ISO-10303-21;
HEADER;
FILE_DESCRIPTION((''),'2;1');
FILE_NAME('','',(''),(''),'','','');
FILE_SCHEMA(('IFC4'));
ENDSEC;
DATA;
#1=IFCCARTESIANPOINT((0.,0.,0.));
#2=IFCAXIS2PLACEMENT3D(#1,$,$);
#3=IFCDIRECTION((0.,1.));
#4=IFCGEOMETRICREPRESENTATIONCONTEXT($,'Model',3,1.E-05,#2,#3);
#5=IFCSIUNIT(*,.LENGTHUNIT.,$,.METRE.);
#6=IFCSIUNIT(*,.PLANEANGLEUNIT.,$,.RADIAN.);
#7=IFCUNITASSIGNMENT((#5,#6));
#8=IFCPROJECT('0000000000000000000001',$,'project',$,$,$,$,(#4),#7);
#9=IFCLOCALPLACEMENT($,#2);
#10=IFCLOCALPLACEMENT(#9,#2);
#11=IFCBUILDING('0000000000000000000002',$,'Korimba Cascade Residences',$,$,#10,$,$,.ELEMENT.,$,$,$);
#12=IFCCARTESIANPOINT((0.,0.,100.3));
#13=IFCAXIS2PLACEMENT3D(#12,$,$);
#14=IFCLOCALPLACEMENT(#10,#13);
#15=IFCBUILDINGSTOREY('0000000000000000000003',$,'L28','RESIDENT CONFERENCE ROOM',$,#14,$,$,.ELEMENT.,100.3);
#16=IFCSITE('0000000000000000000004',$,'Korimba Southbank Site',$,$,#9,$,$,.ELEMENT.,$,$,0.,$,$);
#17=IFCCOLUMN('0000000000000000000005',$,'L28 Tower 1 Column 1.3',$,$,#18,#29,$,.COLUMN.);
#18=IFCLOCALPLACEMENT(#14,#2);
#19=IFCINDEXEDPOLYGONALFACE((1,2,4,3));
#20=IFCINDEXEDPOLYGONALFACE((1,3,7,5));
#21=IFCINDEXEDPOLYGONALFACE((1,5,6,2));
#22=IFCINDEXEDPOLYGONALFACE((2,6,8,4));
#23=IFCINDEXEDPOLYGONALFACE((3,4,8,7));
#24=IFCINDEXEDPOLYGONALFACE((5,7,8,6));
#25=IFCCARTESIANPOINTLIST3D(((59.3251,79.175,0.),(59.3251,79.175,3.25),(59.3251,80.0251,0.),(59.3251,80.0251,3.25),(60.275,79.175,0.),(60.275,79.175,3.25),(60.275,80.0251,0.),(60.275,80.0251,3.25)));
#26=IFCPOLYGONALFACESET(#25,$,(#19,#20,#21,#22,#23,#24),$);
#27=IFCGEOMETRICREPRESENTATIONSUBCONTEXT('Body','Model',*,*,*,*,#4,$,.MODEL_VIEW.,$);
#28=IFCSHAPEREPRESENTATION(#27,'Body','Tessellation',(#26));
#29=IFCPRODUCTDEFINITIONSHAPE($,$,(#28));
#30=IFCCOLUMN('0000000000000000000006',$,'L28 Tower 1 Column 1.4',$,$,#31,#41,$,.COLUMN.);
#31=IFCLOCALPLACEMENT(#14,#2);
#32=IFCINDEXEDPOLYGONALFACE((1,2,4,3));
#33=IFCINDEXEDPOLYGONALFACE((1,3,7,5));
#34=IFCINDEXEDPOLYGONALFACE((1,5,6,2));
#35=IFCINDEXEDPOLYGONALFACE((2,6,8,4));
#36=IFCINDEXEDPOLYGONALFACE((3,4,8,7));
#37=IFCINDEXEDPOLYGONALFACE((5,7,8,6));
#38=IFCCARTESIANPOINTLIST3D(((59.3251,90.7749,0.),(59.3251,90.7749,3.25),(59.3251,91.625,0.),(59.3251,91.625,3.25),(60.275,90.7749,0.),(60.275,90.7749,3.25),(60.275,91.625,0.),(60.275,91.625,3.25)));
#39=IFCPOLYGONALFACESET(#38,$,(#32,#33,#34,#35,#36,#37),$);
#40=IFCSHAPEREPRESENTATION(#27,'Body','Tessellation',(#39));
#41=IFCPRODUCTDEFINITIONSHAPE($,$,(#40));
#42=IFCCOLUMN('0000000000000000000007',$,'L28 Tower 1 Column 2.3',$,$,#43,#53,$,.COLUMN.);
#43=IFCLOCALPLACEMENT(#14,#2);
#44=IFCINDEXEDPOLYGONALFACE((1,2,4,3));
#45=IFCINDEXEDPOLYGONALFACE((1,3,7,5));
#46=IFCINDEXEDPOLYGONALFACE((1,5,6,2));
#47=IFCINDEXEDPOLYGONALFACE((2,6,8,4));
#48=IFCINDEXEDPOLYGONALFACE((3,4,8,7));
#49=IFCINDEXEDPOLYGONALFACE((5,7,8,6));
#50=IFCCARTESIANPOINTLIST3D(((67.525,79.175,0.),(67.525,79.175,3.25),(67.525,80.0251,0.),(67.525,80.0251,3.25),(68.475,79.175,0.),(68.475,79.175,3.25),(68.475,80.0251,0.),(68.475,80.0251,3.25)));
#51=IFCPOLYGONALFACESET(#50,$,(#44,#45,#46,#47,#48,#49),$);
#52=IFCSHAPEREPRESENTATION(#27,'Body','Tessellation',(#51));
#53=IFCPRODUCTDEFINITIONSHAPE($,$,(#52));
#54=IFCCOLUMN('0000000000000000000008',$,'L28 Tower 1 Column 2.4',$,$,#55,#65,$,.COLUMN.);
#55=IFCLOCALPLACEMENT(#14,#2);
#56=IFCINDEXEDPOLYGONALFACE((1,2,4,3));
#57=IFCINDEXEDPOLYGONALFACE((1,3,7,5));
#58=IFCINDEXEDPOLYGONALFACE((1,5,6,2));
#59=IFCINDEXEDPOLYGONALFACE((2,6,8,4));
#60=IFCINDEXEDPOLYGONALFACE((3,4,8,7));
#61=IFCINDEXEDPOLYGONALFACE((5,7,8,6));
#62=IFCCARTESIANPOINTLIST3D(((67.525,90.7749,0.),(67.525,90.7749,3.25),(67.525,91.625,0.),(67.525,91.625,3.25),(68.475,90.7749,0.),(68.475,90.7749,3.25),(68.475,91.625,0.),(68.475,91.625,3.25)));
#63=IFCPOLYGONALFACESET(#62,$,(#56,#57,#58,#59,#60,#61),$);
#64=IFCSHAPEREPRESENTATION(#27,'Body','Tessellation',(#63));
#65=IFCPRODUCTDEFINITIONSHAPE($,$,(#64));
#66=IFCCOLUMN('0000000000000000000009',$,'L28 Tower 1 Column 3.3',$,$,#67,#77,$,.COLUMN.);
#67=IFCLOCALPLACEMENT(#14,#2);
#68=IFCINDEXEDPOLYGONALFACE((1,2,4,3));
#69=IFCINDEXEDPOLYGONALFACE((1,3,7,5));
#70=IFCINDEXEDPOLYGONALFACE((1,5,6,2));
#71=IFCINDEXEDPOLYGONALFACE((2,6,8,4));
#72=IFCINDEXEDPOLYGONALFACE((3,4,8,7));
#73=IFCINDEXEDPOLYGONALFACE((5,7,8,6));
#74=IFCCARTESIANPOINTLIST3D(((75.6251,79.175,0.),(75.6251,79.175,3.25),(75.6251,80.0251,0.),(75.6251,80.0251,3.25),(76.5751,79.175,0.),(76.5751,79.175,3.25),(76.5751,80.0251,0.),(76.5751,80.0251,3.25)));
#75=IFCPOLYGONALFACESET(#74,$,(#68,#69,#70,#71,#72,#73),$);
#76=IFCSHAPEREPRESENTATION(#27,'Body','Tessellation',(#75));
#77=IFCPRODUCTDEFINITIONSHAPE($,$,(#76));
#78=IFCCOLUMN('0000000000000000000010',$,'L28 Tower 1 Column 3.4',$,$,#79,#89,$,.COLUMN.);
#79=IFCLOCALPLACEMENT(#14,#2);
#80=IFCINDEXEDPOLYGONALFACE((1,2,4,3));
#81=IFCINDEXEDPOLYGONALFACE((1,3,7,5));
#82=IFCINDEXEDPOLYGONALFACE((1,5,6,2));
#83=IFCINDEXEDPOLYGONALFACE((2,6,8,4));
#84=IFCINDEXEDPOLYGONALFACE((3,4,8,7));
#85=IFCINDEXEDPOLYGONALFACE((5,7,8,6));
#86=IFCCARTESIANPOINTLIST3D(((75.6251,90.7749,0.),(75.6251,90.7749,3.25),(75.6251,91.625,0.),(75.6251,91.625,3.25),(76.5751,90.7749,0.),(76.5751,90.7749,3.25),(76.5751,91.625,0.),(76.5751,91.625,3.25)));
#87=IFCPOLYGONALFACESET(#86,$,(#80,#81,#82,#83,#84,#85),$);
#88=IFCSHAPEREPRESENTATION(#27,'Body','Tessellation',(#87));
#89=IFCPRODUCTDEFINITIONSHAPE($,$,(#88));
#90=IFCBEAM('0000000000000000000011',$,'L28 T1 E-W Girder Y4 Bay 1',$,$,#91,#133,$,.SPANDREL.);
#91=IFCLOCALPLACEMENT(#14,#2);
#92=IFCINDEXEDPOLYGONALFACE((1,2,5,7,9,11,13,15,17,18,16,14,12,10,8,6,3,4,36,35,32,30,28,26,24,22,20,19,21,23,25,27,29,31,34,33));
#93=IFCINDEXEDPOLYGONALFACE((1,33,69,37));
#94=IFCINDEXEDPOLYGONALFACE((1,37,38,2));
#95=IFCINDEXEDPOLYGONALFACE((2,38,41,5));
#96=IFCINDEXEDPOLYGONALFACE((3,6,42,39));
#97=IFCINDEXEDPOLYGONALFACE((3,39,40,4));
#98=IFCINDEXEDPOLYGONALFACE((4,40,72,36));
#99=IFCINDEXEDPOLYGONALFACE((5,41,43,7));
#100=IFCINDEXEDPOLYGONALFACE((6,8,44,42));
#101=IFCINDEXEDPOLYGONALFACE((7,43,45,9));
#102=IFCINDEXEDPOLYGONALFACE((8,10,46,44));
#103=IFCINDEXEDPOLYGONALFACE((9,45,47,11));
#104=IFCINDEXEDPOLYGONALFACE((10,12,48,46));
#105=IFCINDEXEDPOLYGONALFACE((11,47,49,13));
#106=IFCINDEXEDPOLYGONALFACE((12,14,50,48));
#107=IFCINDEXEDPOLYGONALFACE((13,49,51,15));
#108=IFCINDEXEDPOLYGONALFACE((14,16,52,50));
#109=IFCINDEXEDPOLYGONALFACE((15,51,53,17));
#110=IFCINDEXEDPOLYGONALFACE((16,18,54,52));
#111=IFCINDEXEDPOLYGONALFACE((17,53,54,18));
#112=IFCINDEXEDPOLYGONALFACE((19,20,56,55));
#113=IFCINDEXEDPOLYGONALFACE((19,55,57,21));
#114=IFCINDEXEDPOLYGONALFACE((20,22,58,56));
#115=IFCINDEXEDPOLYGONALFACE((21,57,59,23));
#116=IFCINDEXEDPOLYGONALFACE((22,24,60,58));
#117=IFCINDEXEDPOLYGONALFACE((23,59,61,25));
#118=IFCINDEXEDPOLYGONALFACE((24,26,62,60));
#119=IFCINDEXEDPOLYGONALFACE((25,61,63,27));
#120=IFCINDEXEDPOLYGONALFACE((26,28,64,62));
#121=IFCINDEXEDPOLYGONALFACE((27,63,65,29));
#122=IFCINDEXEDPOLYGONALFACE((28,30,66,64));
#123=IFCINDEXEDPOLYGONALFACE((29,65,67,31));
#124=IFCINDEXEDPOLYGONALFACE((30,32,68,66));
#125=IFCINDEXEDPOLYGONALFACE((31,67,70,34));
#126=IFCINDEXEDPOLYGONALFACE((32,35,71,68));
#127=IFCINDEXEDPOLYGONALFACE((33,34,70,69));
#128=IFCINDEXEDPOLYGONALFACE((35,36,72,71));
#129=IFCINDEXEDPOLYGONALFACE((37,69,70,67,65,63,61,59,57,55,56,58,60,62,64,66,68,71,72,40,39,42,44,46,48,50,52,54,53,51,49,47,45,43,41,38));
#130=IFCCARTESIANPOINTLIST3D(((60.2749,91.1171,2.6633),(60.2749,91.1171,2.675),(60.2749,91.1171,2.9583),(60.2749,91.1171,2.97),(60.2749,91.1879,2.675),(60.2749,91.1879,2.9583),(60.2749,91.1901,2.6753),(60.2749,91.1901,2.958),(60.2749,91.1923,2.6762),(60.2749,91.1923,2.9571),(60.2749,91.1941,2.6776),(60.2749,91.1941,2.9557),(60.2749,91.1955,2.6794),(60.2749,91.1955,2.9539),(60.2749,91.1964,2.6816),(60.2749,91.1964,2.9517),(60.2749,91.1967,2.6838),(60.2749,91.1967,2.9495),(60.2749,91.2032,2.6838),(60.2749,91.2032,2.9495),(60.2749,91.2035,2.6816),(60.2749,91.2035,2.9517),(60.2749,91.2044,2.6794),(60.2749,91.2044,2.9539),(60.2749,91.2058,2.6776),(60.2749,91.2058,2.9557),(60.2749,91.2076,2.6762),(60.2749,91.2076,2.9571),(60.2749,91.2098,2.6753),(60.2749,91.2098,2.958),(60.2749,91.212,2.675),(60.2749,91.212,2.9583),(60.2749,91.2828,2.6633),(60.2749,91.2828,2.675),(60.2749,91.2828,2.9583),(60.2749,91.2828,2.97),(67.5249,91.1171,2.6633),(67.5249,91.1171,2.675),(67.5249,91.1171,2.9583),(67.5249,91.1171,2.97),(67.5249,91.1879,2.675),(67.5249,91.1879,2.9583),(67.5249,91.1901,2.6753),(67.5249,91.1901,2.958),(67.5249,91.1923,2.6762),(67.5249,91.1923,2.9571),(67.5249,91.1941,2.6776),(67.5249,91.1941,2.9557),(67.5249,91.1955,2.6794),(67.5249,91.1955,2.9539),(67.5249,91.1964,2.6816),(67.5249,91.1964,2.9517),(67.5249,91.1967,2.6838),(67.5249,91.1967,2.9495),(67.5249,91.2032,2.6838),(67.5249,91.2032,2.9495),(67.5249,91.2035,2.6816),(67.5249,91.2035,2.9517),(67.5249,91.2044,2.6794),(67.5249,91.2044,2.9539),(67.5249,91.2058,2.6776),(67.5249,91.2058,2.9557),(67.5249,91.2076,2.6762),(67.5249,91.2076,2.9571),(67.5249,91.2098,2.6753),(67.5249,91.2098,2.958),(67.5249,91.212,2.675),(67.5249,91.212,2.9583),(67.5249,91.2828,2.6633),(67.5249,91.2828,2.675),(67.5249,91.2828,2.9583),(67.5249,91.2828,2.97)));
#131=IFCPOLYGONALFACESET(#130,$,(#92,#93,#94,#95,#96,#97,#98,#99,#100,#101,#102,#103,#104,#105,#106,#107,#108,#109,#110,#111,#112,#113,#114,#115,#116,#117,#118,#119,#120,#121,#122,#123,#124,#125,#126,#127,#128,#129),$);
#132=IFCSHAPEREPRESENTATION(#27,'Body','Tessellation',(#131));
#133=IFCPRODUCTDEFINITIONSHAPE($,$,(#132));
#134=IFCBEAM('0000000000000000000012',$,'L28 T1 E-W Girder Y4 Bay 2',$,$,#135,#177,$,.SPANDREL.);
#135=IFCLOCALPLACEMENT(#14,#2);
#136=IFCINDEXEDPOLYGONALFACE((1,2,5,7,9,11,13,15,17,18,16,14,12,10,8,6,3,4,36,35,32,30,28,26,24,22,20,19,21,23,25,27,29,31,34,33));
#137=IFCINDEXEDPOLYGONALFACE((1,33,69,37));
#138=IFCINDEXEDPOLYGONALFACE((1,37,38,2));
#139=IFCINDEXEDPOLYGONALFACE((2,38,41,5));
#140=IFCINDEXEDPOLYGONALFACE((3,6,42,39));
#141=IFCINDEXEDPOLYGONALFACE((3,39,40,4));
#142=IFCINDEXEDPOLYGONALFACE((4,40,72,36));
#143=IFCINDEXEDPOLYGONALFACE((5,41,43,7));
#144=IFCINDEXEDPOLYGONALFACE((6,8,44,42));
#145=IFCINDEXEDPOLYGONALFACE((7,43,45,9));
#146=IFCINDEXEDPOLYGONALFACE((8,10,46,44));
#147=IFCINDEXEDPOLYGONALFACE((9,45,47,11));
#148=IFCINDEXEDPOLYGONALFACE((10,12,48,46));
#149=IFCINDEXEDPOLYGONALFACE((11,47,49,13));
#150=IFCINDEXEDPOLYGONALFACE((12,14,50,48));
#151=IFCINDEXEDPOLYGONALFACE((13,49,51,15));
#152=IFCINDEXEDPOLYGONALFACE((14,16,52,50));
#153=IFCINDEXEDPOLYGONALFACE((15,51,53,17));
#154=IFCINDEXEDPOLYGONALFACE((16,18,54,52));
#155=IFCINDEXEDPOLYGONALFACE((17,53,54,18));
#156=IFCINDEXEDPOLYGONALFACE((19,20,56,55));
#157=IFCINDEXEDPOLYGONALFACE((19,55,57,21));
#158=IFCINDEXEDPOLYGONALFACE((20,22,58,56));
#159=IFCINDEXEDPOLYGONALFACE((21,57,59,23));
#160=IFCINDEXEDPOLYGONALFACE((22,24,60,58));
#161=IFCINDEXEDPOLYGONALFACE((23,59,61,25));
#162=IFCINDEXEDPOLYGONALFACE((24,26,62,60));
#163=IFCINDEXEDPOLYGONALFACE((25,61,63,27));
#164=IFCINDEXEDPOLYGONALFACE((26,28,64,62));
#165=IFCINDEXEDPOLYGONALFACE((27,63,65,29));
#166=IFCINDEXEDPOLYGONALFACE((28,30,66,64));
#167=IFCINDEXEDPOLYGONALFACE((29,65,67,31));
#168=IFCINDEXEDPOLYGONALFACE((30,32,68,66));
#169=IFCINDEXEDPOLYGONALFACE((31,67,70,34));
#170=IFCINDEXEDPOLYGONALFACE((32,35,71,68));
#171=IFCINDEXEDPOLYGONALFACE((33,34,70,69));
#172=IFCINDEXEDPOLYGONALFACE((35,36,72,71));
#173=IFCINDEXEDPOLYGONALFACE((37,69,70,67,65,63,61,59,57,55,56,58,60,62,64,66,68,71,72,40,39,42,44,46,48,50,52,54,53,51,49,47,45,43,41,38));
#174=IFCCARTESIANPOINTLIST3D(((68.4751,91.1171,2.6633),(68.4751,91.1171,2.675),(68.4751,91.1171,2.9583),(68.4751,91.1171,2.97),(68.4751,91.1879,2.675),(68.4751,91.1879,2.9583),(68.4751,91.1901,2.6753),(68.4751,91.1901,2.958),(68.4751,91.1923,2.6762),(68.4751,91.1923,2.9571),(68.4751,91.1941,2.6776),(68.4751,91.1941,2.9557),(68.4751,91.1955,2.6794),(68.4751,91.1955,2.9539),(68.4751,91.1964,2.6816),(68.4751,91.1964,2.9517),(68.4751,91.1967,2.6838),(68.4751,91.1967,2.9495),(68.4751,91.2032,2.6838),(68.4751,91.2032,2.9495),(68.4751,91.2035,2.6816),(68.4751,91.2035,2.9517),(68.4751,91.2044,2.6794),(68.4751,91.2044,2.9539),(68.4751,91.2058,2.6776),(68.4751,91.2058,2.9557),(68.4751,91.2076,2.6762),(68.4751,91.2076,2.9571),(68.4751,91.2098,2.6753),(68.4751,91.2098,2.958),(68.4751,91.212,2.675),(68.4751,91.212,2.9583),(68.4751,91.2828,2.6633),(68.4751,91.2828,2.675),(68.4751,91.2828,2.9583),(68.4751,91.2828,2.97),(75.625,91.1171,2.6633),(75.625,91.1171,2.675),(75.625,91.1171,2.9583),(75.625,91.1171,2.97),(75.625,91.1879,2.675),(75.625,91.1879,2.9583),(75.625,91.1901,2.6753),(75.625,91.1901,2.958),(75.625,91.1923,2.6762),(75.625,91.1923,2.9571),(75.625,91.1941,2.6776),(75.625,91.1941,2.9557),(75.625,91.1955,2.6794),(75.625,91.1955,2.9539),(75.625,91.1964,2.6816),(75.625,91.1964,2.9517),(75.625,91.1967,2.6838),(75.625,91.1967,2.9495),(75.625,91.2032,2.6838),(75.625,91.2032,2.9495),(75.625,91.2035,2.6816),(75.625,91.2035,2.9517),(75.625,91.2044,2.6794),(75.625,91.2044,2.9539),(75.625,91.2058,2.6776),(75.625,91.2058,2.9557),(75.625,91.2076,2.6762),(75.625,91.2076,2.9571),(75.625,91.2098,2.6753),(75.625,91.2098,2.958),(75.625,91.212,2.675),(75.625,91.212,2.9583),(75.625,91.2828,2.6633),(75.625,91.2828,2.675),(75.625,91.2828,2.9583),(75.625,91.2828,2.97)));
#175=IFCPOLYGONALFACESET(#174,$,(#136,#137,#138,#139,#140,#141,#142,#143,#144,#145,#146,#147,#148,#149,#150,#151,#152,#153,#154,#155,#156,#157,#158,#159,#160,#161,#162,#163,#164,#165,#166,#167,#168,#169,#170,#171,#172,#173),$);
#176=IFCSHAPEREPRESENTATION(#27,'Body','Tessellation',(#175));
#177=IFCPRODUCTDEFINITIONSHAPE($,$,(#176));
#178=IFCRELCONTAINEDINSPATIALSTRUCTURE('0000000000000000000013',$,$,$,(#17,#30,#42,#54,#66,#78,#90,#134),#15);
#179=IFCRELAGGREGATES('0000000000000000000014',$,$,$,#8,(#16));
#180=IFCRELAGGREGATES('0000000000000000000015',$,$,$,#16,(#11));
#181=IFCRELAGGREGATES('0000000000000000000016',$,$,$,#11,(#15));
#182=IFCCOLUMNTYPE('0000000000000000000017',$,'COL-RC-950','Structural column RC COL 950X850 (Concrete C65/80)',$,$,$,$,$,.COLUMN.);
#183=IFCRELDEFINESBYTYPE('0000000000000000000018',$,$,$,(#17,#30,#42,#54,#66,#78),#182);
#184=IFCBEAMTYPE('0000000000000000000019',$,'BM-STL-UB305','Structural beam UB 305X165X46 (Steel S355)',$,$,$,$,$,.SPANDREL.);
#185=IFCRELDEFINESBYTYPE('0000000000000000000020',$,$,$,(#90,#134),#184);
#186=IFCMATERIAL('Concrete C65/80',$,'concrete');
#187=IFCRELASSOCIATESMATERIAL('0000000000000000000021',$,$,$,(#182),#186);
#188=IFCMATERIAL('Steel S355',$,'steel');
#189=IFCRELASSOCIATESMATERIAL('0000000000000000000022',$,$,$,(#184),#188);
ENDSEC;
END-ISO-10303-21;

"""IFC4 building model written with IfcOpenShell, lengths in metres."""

from ifc_helpers import new_model, si_unit, direction, frame, origin, origin_2d, place, context, subcontext, project, spatial, rectangle, i_section, extrude, material, material_profile, profile_set, type_object, element, save


model = new_model("IFC4")

# Units and contexts
model_context = context("Model", 3, precision=1e-05, world=origin(), true_north=direction((0.0, 1.0)))
body_context = subcontext(model_context, "Body", "Model", "MODEL_VIEW")
ifc_project = project(units=[si_unit("LENGTHUNIT", "METRE"), si_unit("PLANEANGLEUNIT", "RADIAN")], contexts=[model_context])

# Site, building, storey
site_placement = place(None, origin())
site = spatial("IfcSite", under=ifc_project, at=site_placement, Name="Korimba Southbank Site", CompositionType="ELEMENT", RefElevation=0.0)
building_placement = place(site_placement, origin())
building = spatial("IfcBuilding", under=site, at=building_placement, Name="Korimba Cascade Residences", CompositionType="ELEMENT")
storey_placement = place(building_placement, frame((0.0, 0.0, 100.3)))
storey = spatial("IfcBuildingStorey", under=building, at=storey_placement, Name="L28", Description="RESIDENT CONFERENCE ROOM", CompositionType="ELEMENT", Elevation=100.3)

# Columns
ifc_material_1 = material(Name="Concrete C65/80", Category="concrete")
ifc_material_profile_1 = material_profile(ifc_material_1, rectangle(XDim=0.95, YDim=0.8501, at=origin_2d()), Name="Concrete C65/80")
ifc_profile_set_1 = profile_set([ifc_material_profile_1], Name="Concrete C65/80")
column_type = type_object("IfcColumnType", Name="COL-RC-950", Description="Structural column RC COL 950X850 (Concrete C65/80)", PredefinedType="COLUMN", material=ifc_profile_set_1)
for number, where, z_axis, x_axis, name in (
    (1, (59.8, 79.6001, 0.0), (0.0, 0.0, 1.0), (1.0, 0.0, 0.0), "L28 Tower 1 Column 1.3"),
    (2, (59.8, 91.2, 0.0), (0.0, 0.0, 1.0), (1.0, 0.0, 0.0), "L28 Tower 1 Column 1.4"),
    (3, (68.0, 79.6001, 0.0), (0.0, 0.0, 1.0), (1.0, 0.0, 0.0), "L28 Tower 1 Column 2.3"),
    (4, (68.0, 91.2, 0.0), (0.0, 0.0, 1.0), (1.0, 0.0, 0.0), "L28 Tower 1 Column 2.4"),
    (5, (76.1001, 79.6001, 0.0), (0.0, 0.0, 1.0), (1.0, 0.0, 0.0), "L28 Tower 1 Column 3.3"),
    (6, (76.1001, 91.2, 0.0), (0.0, 0.0, 1.0), (1.0, 0.0, 0.0), "L28 Tower 1 Column 3.4"),
):
    element("IfcColumn", number, at=place(storey_placement, frame(where, z_axis=z_axis, x_axis=x_axis)), inside=storey, type_object=column_type, Name=name, PredefinedType="COLUMN", context=body_context, shape_type="SweptSolid", body=[
        extrude(rectangle(XDim=0.95, YDim=0.8501, at=origin_2d()), origin(), (0.0, 0.0, 1.0), 3.25),
    ])

# Beams
ifc_material_2 = material(Name="Steel S355", Category="steel")
ifc_material_profile_2 = material_profile(ifc_material_2, i_section(OverallWidth=0.1658, OverallDepth=0.3066, WebThickness=0.0066, FlangeThickness=0.0117, FilletRadius=0.0088, at=origin_2d()), Name="Steel S355")
ifc_profile_set_2 = profile_set([ifc_material_profile_2], Name="Steel S355")
beam_type_1 = type_object("IfcBeamType", Name="BM-STL-UB305", Description="Structural beam UB 305X165X46 (Steel S355)", PredefinedType="SPANDREL", material=ifc_profile_set_2)
beam_1_placement = place(storey_placement, frame((60.2749, 91.2, 2.8167), z_axis=(1.0, 0.0, 0.0), x_axis=(0.0, 1.0, 0.0)))
element("IfcBeam", 7, at=beam_1_placement, inside=storey, type_object=beam_type_1, Name="L28 T1 E-W Girder Y4 Bay 1", PredefinedType="SPANDREL", context=body_context, shape_type="SweptSolid", body=[
    extrude(i_section(OverallWidth=0.1658, OverallDepth=0.3066, WebThickness=0.0066, FlangeThickness=0.0117, FilletRadius=0.0088, at=origin_2d()), origin(), (0.0, 0.0, 1.0), 7.25),
])
beam_2_placement = place(storey_placement, frame((68.4751, 91.2, 2.8167), z_axis=(1.0, 0.0, 0.0), x_axis=(0.0, 1.0, 0.0)))
element("IfcBeam", 8, at=beam_2_placement, inside=storey, type_object=beam_type_1, Name="L28 T1 E-W Girder Y4 Bay 2", PredefinedType="SPANDREL", context=body_context, shape_type="SweptSolid", body=[
    extrude(i_section(OverallWidth=0.1658, OverallDepth=0.3066, WebThickness=0.0066, FlangeThickness=0.0117, FilletRadius=0.0088, at=origin_2d()), origin(), (0.0, 0.0, 1.0), 7.1499),
])

save(model, "model.ifc")
